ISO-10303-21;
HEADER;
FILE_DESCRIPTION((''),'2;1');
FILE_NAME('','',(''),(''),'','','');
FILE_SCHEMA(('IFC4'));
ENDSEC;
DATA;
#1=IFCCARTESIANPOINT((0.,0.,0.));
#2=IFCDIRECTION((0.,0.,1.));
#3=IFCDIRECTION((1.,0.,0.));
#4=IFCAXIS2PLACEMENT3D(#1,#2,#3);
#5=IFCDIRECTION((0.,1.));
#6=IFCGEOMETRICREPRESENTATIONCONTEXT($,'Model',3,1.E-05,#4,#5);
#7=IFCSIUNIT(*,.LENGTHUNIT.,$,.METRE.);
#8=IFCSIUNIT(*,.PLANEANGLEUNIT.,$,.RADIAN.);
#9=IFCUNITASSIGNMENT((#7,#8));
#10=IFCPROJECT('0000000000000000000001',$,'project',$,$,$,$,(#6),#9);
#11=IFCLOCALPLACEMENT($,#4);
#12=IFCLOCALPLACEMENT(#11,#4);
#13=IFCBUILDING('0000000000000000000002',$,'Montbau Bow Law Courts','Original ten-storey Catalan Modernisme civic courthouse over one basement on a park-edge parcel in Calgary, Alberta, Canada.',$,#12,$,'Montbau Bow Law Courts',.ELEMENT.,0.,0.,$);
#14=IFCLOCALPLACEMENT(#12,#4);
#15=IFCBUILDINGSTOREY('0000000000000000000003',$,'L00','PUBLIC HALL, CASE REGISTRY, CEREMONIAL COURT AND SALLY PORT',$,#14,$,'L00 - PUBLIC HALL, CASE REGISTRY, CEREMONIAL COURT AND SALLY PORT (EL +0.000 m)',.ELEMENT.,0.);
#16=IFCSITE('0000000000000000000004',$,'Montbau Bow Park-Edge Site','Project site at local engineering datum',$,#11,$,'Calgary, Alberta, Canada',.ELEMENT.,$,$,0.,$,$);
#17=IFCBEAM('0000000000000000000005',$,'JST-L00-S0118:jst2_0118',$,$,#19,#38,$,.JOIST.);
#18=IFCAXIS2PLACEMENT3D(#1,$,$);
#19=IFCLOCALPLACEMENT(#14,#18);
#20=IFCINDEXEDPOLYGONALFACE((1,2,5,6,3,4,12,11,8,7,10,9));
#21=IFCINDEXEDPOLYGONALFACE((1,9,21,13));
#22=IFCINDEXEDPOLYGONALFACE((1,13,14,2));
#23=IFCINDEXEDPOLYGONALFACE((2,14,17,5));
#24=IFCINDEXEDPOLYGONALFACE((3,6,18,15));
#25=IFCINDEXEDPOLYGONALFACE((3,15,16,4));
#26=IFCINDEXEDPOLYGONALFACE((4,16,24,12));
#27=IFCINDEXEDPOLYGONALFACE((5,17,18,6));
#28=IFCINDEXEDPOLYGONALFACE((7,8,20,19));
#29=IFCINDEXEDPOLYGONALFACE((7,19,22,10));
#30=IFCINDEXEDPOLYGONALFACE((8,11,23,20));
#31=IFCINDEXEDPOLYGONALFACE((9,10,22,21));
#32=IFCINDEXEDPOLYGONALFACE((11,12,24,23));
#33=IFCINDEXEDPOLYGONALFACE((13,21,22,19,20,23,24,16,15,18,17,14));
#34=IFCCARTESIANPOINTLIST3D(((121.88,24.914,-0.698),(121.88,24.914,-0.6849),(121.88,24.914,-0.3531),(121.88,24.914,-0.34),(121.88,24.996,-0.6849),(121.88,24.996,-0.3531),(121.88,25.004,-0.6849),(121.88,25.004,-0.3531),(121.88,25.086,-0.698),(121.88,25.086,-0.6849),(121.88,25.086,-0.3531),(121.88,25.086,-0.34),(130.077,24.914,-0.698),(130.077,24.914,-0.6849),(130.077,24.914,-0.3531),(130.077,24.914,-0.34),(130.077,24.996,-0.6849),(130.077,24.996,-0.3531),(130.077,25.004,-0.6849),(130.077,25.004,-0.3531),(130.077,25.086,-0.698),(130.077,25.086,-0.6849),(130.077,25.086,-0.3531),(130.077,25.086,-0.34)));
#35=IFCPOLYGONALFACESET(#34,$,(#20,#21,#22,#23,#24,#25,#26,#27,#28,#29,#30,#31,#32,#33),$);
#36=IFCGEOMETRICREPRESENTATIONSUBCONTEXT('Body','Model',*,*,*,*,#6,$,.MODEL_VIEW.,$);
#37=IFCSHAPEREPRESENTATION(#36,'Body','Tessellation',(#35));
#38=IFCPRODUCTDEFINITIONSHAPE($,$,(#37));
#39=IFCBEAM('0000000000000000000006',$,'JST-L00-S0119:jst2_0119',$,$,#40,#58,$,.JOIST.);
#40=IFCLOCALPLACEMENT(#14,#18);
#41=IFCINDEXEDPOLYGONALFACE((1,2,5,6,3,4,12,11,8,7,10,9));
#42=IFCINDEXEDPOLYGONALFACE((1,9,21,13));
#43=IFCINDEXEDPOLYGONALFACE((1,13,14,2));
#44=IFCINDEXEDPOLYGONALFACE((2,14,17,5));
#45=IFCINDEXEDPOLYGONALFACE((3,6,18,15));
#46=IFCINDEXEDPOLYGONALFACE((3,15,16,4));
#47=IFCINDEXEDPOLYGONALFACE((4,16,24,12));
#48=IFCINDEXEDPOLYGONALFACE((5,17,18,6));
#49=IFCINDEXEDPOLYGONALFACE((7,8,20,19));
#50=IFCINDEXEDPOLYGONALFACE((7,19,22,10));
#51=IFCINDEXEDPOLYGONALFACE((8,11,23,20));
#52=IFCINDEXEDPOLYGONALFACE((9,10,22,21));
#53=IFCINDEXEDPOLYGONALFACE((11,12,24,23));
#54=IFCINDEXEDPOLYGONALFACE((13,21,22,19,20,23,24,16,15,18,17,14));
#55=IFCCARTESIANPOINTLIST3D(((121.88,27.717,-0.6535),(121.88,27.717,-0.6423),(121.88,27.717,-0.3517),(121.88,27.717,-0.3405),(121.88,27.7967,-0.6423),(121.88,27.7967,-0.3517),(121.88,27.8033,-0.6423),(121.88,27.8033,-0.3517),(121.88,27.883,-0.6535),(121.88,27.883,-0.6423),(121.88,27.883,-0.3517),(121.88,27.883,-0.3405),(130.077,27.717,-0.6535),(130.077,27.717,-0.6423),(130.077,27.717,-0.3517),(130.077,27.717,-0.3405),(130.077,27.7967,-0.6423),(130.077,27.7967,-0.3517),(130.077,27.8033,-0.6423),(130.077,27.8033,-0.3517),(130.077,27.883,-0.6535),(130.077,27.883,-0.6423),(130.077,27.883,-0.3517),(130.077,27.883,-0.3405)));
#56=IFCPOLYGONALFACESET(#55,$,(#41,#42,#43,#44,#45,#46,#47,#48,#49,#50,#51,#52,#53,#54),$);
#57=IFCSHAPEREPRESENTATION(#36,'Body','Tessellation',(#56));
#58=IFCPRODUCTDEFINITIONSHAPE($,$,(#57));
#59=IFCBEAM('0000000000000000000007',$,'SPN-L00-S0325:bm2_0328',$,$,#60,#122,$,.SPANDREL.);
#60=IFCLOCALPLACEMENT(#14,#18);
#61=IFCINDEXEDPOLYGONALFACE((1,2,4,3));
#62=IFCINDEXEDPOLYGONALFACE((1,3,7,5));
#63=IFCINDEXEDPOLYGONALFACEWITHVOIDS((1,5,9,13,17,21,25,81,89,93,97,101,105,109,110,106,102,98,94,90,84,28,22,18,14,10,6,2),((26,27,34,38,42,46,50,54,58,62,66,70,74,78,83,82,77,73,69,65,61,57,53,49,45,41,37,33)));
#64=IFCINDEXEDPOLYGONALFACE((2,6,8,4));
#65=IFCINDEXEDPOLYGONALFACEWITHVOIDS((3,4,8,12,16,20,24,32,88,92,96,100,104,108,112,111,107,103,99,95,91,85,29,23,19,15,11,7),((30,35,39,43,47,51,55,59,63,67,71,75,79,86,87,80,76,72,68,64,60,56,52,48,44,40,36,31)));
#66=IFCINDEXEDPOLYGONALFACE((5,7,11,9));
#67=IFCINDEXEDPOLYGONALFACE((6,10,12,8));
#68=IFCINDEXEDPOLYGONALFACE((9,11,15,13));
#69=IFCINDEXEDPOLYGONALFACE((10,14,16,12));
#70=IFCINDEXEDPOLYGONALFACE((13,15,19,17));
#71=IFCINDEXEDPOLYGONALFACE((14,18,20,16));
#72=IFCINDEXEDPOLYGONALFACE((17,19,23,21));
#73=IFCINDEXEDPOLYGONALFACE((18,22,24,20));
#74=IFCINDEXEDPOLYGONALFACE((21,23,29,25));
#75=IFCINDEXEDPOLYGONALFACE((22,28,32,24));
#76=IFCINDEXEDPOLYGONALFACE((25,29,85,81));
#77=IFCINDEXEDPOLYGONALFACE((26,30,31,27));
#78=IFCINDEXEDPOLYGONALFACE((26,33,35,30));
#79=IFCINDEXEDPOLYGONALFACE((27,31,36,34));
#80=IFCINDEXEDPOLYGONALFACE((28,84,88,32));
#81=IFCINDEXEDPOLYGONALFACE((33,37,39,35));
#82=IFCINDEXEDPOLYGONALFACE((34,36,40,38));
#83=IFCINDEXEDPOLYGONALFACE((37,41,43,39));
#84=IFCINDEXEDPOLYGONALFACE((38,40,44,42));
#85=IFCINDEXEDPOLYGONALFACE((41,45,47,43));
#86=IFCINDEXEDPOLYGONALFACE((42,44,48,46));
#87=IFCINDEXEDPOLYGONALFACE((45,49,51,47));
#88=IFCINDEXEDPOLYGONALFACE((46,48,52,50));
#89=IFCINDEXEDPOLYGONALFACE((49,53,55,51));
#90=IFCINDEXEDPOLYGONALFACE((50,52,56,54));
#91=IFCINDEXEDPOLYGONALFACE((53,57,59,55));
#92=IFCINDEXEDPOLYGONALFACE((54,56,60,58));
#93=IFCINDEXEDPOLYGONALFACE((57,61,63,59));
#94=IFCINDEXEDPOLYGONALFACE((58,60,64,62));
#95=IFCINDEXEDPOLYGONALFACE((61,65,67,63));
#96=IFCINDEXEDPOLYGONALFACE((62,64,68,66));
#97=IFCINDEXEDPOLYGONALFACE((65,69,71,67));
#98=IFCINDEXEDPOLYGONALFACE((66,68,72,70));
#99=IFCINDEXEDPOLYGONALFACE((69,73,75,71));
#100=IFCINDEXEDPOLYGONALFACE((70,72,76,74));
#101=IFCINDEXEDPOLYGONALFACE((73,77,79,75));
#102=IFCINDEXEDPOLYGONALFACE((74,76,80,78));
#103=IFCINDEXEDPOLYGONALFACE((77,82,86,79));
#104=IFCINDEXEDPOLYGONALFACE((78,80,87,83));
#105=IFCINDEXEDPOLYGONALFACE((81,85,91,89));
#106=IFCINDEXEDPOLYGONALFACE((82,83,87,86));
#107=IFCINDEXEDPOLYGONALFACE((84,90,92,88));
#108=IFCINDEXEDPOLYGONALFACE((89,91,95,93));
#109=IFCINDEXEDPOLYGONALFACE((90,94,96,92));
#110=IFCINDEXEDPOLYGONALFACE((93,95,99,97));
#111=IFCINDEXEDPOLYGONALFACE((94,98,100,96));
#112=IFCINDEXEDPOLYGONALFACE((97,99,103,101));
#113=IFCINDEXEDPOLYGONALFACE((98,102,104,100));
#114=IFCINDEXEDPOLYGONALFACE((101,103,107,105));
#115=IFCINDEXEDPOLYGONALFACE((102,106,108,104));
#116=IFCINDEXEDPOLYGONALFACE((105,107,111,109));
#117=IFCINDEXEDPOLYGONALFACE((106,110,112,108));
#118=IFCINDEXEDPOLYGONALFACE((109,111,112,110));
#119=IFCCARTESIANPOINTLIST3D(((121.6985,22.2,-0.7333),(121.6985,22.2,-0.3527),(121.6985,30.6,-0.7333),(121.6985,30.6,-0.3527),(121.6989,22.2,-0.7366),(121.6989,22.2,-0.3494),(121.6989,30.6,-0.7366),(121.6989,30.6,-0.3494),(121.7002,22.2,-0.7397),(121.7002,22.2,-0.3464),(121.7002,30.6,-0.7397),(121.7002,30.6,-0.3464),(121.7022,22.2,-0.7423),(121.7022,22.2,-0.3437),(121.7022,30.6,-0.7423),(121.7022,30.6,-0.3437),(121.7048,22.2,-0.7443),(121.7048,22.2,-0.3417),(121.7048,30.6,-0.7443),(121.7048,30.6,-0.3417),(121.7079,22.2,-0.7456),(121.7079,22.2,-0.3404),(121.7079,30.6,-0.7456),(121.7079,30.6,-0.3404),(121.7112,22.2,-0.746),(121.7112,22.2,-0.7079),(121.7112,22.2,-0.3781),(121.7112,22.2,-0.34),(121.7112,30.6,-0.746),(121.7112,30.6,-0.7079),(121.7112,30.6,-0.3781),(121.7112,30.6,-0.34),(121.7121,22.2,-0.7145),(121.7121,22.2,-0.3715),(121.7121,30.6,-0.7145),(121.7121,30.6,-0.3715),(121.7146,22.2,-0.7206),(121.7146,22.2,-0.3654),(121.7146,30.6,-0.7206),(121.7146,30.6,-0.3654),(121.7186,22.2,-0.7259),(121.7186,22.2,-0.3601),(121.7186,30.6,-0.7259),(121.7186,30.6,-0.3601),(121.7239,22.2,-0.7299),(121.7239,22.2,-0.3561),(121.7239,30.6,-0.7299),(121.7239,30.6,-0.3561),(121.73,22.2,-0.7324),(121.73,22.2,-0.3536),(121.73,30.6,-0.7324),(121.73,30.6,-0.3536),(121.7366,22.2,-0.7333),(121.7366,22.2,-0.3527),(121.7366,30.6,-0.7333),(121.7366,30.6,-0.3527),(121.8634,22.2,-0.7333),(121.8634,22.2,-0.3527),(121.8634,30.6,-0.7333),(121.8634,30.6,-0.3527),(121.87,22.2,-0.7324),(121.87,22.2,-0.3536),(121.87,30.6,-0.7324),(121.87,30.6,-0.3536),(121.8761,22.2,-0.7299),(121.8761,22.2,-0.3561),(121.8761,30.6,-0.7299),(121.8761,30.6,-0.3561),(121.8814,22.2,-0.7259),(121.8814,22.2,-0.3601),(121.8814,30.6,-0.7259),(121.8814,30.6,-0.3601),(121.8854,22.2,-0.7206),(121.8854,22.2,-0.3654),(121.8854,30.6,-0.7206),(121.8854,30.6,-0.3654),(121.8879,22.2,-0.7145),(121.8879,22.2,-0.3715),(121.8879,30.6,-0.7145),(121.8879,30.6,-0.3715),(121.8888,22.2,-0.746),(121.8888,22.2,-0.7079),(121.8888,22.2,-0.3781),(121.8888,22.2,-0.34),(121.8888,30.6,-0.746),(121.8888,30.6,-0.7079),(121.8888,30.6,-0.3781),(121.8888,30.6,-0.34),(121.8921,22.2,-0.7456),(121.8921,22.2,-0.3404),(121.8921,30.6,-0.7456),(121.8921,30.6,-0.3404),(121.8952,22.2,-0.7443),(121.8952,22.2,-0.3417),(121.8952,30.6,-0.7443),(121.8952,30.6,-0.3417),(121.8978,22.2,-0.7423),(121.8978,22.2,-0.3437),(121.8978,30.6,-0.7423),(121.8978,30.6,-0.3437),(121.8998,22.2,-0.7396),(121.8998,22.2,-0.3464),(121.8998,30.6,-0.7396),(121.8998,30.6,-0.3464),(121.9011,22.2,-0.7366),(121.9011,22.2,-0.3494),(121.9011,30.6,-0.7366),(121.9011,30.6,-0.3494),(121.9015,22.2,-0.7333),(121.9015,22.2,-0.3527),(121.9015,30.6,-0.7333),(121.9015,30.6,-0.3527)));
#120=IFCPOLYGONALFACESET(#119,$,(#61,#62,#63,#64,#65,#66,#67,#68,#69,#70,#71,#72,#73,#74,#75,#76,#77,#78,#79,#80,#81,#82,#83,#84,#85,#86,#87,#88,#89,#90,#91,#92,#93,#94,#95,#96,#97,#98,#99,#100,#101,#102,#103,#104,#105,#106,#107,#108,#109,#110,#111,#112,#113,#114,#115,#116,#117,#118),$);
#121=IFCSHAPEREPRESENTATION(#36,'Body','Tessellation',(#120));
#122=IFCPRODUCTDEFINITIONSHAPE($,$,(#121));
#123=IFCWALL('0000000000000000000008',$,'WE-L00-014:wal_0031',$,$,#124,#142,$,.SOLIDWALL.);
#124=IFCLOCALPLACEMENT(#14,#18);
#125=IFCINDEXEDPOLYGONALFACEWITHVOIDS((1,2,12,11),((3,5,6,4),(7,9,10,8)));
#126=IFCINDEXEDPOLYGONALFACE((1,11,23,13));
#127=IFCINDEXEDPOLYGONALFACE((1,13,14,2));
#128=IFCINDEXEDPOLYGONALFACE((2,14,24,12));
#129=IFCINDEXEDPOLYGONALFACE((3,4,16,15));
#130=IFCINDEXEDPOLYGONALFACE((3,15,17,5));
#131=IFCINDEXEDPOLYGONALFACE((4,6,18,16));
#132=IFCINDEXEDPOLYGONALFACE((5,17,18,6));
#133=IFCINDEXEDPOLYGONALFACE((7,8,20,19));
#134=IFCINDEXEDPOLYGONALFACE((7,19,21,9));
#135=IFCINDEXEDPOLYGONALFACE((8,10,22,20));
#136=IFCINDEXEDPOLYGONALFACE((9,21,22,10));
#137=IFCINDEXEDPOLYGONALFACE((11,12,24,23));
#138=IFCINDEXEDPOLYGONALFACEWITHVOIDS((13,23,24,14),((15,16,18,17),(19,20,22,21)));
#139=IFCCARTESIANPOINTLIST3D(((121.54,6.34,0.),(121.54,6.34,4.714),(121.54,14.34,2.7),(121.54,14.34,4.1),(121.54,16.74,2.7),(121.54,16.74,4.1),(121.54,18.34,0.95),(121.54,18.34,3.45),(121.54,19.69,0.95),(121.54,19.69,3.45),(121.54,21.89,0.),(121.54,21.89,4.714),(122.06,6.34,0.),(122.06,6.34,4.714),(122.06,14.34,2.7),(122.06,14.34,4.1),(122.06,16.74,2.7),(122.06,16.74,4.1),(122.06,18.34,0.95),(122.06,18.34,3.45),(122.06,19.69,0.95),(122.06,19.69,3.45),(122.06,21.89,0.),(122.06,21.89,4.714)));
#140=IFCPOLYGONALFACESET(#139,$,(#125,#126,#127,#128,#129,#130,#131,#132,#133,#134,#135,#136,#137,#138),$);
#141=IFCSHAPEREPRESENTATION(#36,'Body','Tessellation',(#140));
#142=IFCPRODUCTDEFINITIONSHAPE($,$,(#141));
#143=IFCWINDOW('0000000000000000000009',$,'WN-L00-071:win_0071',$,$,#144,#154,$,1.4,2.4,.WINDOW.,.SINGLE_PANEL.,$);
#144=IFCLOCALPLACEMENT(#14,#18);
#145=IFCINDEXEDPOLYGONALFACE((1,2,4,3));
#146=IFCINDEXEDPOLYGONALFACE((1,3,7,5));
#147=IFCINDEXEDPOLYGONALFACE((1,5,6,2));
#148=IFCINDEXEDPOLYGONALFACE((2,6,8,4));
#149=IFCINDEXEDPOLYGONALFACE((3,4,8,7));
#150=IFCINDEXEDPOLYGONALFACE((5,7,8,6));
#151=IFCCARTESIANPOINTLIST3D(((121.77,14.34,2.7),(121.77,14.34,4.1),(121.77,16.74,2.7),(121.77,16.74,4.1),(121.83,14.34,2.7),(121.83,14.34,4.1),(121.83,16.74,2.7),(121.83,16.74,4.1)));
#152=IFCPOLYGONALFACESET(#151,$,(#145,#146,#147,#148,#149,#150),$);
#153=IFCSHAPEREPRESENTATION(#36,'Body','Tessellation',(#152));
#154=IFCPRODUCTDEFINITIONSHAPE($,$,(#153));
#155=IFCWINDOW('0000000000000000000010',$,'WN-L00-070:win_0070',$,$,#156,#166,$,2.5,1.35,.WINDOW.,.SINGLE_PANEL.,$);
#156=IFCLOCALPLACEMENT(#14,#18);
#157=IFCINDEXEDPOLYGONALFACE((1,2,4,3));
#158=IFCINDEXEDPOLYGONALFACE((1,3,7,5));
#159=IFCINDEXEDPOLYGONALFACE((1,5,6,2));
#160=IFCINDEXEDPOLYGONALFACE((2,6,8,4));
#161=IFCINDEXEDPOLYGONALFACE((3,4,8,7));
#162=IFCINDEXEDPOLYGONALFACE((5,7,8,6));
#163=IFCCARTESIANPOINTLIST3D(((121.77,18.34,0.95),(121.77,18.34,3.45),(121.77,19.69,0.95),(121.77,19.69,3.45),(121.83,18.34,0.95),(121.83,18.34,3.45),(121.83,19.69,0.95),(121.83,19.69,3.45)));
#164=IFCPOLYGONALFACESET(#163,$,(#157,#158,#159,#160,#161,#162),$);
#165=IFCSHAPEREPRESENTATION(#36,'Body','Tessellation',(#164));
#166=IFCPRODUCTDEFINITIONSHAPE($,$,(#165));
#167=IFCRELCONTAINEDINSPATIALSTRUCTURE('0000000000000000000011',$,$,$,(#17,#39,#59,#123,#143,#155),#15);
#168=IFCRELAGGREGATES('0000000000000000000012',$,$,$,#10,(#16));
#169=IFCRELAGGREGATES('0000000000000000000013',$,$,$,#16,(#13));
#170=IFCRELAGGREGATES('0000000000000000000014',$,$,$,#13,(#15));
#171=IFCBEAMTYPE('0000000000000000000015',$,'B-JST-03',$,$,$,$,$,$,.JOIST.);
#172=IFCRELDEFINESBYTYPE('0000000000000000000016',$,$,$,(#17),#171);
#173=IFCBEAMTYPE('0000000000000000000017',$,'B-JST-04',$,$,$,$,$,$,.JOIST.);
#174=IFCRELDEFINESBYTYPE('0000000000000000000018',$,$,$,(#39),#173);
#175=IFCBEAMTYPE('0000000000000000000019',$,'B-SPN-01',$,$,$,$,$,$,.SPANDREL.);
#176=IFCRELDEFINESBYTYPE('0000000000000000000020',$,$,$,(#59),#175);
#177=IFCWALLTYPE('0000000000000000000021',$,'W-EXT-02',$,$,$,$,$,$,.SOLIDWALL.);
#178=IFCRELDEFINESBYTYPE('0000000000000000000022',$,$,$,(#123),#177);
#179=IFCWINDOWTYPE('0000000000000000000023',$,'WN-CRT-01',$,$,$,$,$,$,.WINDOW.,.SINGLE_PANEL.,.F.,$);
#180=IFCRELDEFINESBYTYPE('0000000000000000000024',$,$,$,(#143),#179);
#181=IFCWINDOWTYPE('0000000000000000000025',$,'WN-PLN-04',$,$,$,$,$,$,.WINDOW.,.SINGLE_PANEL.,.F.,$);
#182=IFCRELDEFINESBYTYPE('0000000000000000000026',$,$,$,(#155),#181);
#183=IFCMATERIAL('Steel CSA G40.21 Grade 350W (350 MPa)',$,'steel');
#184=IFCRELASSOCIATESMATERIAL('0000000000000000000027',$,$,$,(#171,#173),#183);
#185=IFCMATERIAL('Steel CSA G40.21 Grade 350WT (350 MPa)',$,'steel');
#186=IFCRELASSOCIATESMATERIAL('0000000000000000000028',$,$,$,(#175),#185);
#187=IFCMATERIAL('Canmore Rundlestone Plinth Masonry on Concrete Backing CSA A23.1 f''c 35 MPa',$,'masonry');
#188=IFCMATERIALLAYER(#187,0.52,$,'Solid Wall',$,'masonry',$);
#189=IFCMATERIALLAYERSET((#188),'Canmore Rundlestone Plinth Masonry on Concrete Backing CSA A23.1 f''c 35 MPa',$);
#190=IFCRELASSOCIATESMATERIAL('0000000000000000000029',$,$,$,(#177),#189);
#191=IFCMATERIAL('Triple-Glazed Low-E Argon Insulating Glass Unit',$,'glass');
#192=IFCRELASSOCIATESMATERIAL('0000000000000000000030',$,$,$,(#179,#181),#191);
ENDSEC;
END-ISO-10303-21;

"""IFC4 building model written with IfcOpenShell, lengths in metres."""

from ifc_helpers import new_model, si_unit, direction, frame, frame_2d, origin_with_axes, origin_2d_with_axis, place, context, subcontext, project, spatial, rectangle, hollow_rectangle, i_section, extrude, material, layer, layer_set, material_profile, profile_set, type_object, element, fill, save


model = new_model("IFC4")

# Units and contexts
model_context = context("Model", 3, precision=1e-05, world=origin_with_axes(), true_north=direction((0.0, 1.0)))
body_context = subcontext(model_context, "Body", "Model", "MODEL_VIEW")
ifc_project = project(units=[si_unit("LENGTHUNIT", "METRE"), si_unit("PLANEANGLEUNIT", "RADIAN")], contexts=[model_context])

# Site, building, storey
site_placement = place(None, origin_with_axes())
site = spatial("IfcSite", under=ifc_project, at=site_placement, Name="Montbau Bow Park-Edge Site", Description="Project site at local engineering datum", LongName="Calgary, Alberta, Canada", CompositionType="ELEMENT", RefElevation=0.0)
building_placement = place(site_placement, origin_with_axes())
building = spatial("IfcBuilding", under=site, at=building_placement, Name="Montbau Bow Law Courts", Description="Original ten-storey Catalan Modernisme civic courthouse over one basement on a park-edge parcel in Calgary, Alberta, Canada.", LongName="Montbau Bow Law Courts", CompositionType="ELEMENT", ElevationOfRefHeight=0.0, ElevationOfTerrain=0.0)
storey_placement = place(building_placement, origin_with_axes())
storey = spatial("IfcBuildingStorey", under=building, at=storey_placement, Name="L00", Description="PUBLIC HALL, CASE REGISTRY, CEREMONIAL COURT AND SALLY PORT", LongName="L00 - PUBLIC HALL, CASE REGISTRY, CEREMONIAL COURT AND SALLY PORT (EL +0.000 m)", CompositionType="ELEMENT", Elevation=0.0)

# Shared definitions
ifc_material_1 = material(Name="Steel CSA G40.21 Grade 350WT (350 MPa)", Category="steel")
ifc_material_2 = material(Name="Steel CSA G40.21 Grade 350W (350 MPa)", Category="steel")

# Beams
ifc_material_profile_1 = material_profile(ifc_material_2, i_section(OverallWidth=0.172, OverallDepth=0.358, WebThickness=0.0079, FlangeThickness=0.0131, at=origin_2d_with_axis()), Name="W360X57", Category="Main", Priority=0)
ifc_profile_set_1 = profile_set([ifc_material_profile_1], Name="Steel CSA G40.21 Grade 350W (350 MPa)")
beam_type_1 = type_object("IfcBeamType", Name="B-JST-03", PredefinedType="JOIST", material=ifc_profile_set_1)
beam_1_placement = place(None, frame((121.88, 25.0, -0.519), z_axis=(1.0, 0.0, 0.0), x_axis=(0.0, 1.0, 0.0)))
element("IfcBeam", 1, at=beam_1_placement, inside=storey, type_object=beam_type_1, Name="JST-L00-S0118:jst2_0118", PredefinedType="JOIST", context=body_context, shape_type="SweptSolid", body=[
    extrude(i_section(OverallWidth=0.172, OverallDepth=0.358, WebThickness=0.0079, FlangeThickness=0.0131, at=origin_2d_with_axis()), origin_with_axes(), (0.0, 0.0, 1.0), 8.197),
])
ifc_material_profile_2 = material_profile(ifc_material_2, i_section(OverallWidth=0.166, OverallDepth=0.313, WebThickness=0.0066, FlangeThickness=0.0112, at=origin_2d_with_axis()), Name="W310X45", Category="Main", Priority=0)
ifc_profile_set_2 = profile_set([ifc_material_profile_2], Name="Steel CSA G40.21 Grade 350W (350 MPa)")
beam_type_2 = type_object("IfcBeamType", Name="B-JST-04", PredefinedType="JOIST", material=ifc_profile_set_2)
beam_2_placement = place(None, frame((121.88, 27.8, -0.497), z_axis=(1.0, 0.0, 0.0), x_axis=(0.0, 1.0, 0.0)))
element("IfcBeam", 2, at=beam_2_placement, inside=storey, type_object=beam_type_2, Name="JST-L00-S0119:jst2_0119", PredefinedType="JOIST", context=body_context, shape_type="SweptSolid", body=[
    extrude(i_section(OverallWidth=0.166, OverallDepth=0.313, WebThickness=0.0066, FlangeThickness=0.0112, at=origin_2d_with_axis()), origin_with_axes(), (0.0, 0.0, 1.0), 8.197),
])
ifc_material_profile_3 = material_profile(ifc_material_1, hollow_rectangle(XDim=0.203, YDim=0.406, WallThickness=0.0127, InnerFilletRadius=0.0254, OuterFilletRadius=0.0127, at=origin_2d_with_axis()), Name="HSS406X203X13", Category="Main", Priority=0)
ifc_profile_set_3 = profile_set([ifc_material_profile_3], Name="Steel CSA G40.21 Grade 350WT (350 MPa)")
beam_type_3 = type_object("IfcBeamType", Name="B-SPN-01", PredefinedType="SPANDREL", material=ifc_profile_set_3)
beam_3_placement = place(None, frame((121.8, 22.2, -0.543), z_axis=(0.0, 1.0, 0.0), x_axis=(-1.0, 0.0, 0.0)))
element("IfcBeam", 3, at=beam_3_placement, inside=storey, type_object=beam_type_3, Name="SPN-L00-S0325:bm2_0328", PredefinedType="SPANDREL", context=body_context, shape_type="SweptSolid", body=[
    extrude(hollow_rectangle(XDim=0.203, YDim=0.406, WallThickness=0.0127, InnerFilletRadius=0.0254, OuterFilletRadius=0.0127, at=origin_2d_with_axis()), origin_with_axes(), (0.0, 0.0, 1.0), 8.4),
])

# Wall, openings, windows
ifc_material_3 = material(Name="Canmore Rundlestone Plinth Masonry on Concrete Backing CSA A23.1 f'c 35 MPa", Category="masonry")
ifc_layer_1 = layer(ifc_material_3, 0.52, Name="Solid Wall", Category="masonry")
ifc_layer_set_1 = layer_set([ifc_layer_1], Name="Canmore Rundlestone Plinth Masonry on Concrete Backing CSA A23.1 f'c 35 MPa")
wall_type_1 = type_object("IfcWallType", Name="W-EXT-02", PredefinedType="SOLIDWALL", material=ifc_layer_set_1)
wall_1_placement = place(None, frame((121.8, 21.89, 0.0), z_axis=(0.0, 0.0, 1.0), x_axis=(0.0, -1.0, 0.0)))
wall_1 = element("IfcWall", 4, at=wall_1_placement, inside=storey, type_object=wall_type_1, Name="WE-L00-014:wal_0031", PredefinedType="SOLIDWALL", context=body_context, shape_type="SweptSolid", body=[
    extrude(rectangle(XDim=15.55, YDim=0.52, at=frame_2d((7.775, 0.0), x_axis=(1.0, 0.0))), origin_with_axes(), (0.0, 0.0, 1.0), 4.714),
])
opening_1_placement = place(None, frame((121.8, 19.015, 0.95), z_axis=(0.0, 0.0, 1.0), x_axis=(0.0, -1.0, 0.0)))
opening_1 = element("IfcOpeningElement", 5, at=opening_1_placement, cuts=wall_1, PredefinedType="OPENING", context=body_context, shape_type="SweptSolid", body=[
    extrude(rectangle(XDim=1.35, YDim=2.5, at=frame_2d((0.0, 1.25), x_axis=(1.0, 0.0))), frame((0.0, 0.27, 0.0), z_axis=(0.0, -1.0, 0.0), x_axis=(1.0, 0.0, 0.0)), (0.0, 0.0, 1.0), 0.54),
])
opening_2_placement = place(None, frame((121.8, 15.54, 2.7), z_axis=(0.0, 0.0, 1.0), x_axis=(0.0, -1.0, 0.0)))
opening_2 = element("IfcOpeningElement", 6, at=opening_2_placement, cuts=wall_1, PredefinedType="OPENING", context=body_context, shape_type="SweptSolid", body=[
    extrude(rectangle(XDim=2.4, YDim=1.4, at=frame_2d((0.0, 0.7), x_axis=(1.0, 0.0))), frame((0.0, 0.27, 0.0), z_axis=(0.0, -1.0, 0.0), x_axis=(1.0, 0.0, 0.0)), (0.0, 0.0, 1.0), 0.54),
])
ifc_material_4 = material(Name="Triple-Glazed Low-E Argon Insulating Glass Unit", Category="glass")
window_type_1 = type_object("IfcWindowType", Name="WN-CRT-01", ParameterTakesPrecedence=False, PartitioningType="SINGLE_PANEL", PredefinedType="WINDOW", material=ifc_material_4)
window_1_placement = place(None, frame((121.8, 15.54, 2.7), z_axis=(0.0, 0.0, 1.0), x_axis=(0.0, -1.0, 0.0)))
window_1 = element("IfcWindow", 7, at=window_1_placement, inside=storey, type_object=window_type_1, Name="WN-L00-071:win_0071", OverallHeight=1.4, OverallWidth=2.4, PartitioningType="SINGLE_PANEL", PredefinedType="WINDOW", context=body_context, shape_type="SweptSolid", body=[
    extrude(rectangle(XDim=2.4, YDim=1.4, at=frame_2d((0.0, 0.7), x_axis=(1.0, 0.0))), frame((0.0, 0.03, 0.0), z_axis=(0.0, -1.0, 0.0), x_axis=(1.0, 0.0, 0.0)), (0.0, 0.0, 1.0), 0.06),
])
fill(opening_2, window_1)
window_type_2 = type_object("IfcWindowType", Name="WN-PLN-04", ParameterTakesPrecedence=False, PartitioningType="SINGLE_PANEL", PredefinedType="WINDOW", material=ifc_material_4)
window_2_placement = place(None, frame((121.8, 19.015, 0.95), z_axis=(0.0, 0.0, 1.0), x_axis=(0.0, -1.0, 0.0)))
window_2 = element("IfcWindow", 8, at=window_2_placement, inside=storey, type_object=window_type_2, Name="WN-L00-070:win_0070", OverallHeight=2.5, OverallWidth=1.35, PartitioningType="SINGLE_PANEL", PredefinedType="WINDOW", context=body_context, shape_type="SweptSolid", body=[
    extrude(rectangle(XDim=1.35, YDim=2.5, at=frame_2d((0.0, 1.25), x_axis=(1.0, 0.0))), frame((0.0, 0.03, 0.0), z_axis=(0.0, -1.0, 0.0), x_axis=(1.0, 0.0, 0.0)), (0.0, 0.0, 1.0), 0.06),
])
fill(opening_1, window_2)

save(model, "model.ifc")
